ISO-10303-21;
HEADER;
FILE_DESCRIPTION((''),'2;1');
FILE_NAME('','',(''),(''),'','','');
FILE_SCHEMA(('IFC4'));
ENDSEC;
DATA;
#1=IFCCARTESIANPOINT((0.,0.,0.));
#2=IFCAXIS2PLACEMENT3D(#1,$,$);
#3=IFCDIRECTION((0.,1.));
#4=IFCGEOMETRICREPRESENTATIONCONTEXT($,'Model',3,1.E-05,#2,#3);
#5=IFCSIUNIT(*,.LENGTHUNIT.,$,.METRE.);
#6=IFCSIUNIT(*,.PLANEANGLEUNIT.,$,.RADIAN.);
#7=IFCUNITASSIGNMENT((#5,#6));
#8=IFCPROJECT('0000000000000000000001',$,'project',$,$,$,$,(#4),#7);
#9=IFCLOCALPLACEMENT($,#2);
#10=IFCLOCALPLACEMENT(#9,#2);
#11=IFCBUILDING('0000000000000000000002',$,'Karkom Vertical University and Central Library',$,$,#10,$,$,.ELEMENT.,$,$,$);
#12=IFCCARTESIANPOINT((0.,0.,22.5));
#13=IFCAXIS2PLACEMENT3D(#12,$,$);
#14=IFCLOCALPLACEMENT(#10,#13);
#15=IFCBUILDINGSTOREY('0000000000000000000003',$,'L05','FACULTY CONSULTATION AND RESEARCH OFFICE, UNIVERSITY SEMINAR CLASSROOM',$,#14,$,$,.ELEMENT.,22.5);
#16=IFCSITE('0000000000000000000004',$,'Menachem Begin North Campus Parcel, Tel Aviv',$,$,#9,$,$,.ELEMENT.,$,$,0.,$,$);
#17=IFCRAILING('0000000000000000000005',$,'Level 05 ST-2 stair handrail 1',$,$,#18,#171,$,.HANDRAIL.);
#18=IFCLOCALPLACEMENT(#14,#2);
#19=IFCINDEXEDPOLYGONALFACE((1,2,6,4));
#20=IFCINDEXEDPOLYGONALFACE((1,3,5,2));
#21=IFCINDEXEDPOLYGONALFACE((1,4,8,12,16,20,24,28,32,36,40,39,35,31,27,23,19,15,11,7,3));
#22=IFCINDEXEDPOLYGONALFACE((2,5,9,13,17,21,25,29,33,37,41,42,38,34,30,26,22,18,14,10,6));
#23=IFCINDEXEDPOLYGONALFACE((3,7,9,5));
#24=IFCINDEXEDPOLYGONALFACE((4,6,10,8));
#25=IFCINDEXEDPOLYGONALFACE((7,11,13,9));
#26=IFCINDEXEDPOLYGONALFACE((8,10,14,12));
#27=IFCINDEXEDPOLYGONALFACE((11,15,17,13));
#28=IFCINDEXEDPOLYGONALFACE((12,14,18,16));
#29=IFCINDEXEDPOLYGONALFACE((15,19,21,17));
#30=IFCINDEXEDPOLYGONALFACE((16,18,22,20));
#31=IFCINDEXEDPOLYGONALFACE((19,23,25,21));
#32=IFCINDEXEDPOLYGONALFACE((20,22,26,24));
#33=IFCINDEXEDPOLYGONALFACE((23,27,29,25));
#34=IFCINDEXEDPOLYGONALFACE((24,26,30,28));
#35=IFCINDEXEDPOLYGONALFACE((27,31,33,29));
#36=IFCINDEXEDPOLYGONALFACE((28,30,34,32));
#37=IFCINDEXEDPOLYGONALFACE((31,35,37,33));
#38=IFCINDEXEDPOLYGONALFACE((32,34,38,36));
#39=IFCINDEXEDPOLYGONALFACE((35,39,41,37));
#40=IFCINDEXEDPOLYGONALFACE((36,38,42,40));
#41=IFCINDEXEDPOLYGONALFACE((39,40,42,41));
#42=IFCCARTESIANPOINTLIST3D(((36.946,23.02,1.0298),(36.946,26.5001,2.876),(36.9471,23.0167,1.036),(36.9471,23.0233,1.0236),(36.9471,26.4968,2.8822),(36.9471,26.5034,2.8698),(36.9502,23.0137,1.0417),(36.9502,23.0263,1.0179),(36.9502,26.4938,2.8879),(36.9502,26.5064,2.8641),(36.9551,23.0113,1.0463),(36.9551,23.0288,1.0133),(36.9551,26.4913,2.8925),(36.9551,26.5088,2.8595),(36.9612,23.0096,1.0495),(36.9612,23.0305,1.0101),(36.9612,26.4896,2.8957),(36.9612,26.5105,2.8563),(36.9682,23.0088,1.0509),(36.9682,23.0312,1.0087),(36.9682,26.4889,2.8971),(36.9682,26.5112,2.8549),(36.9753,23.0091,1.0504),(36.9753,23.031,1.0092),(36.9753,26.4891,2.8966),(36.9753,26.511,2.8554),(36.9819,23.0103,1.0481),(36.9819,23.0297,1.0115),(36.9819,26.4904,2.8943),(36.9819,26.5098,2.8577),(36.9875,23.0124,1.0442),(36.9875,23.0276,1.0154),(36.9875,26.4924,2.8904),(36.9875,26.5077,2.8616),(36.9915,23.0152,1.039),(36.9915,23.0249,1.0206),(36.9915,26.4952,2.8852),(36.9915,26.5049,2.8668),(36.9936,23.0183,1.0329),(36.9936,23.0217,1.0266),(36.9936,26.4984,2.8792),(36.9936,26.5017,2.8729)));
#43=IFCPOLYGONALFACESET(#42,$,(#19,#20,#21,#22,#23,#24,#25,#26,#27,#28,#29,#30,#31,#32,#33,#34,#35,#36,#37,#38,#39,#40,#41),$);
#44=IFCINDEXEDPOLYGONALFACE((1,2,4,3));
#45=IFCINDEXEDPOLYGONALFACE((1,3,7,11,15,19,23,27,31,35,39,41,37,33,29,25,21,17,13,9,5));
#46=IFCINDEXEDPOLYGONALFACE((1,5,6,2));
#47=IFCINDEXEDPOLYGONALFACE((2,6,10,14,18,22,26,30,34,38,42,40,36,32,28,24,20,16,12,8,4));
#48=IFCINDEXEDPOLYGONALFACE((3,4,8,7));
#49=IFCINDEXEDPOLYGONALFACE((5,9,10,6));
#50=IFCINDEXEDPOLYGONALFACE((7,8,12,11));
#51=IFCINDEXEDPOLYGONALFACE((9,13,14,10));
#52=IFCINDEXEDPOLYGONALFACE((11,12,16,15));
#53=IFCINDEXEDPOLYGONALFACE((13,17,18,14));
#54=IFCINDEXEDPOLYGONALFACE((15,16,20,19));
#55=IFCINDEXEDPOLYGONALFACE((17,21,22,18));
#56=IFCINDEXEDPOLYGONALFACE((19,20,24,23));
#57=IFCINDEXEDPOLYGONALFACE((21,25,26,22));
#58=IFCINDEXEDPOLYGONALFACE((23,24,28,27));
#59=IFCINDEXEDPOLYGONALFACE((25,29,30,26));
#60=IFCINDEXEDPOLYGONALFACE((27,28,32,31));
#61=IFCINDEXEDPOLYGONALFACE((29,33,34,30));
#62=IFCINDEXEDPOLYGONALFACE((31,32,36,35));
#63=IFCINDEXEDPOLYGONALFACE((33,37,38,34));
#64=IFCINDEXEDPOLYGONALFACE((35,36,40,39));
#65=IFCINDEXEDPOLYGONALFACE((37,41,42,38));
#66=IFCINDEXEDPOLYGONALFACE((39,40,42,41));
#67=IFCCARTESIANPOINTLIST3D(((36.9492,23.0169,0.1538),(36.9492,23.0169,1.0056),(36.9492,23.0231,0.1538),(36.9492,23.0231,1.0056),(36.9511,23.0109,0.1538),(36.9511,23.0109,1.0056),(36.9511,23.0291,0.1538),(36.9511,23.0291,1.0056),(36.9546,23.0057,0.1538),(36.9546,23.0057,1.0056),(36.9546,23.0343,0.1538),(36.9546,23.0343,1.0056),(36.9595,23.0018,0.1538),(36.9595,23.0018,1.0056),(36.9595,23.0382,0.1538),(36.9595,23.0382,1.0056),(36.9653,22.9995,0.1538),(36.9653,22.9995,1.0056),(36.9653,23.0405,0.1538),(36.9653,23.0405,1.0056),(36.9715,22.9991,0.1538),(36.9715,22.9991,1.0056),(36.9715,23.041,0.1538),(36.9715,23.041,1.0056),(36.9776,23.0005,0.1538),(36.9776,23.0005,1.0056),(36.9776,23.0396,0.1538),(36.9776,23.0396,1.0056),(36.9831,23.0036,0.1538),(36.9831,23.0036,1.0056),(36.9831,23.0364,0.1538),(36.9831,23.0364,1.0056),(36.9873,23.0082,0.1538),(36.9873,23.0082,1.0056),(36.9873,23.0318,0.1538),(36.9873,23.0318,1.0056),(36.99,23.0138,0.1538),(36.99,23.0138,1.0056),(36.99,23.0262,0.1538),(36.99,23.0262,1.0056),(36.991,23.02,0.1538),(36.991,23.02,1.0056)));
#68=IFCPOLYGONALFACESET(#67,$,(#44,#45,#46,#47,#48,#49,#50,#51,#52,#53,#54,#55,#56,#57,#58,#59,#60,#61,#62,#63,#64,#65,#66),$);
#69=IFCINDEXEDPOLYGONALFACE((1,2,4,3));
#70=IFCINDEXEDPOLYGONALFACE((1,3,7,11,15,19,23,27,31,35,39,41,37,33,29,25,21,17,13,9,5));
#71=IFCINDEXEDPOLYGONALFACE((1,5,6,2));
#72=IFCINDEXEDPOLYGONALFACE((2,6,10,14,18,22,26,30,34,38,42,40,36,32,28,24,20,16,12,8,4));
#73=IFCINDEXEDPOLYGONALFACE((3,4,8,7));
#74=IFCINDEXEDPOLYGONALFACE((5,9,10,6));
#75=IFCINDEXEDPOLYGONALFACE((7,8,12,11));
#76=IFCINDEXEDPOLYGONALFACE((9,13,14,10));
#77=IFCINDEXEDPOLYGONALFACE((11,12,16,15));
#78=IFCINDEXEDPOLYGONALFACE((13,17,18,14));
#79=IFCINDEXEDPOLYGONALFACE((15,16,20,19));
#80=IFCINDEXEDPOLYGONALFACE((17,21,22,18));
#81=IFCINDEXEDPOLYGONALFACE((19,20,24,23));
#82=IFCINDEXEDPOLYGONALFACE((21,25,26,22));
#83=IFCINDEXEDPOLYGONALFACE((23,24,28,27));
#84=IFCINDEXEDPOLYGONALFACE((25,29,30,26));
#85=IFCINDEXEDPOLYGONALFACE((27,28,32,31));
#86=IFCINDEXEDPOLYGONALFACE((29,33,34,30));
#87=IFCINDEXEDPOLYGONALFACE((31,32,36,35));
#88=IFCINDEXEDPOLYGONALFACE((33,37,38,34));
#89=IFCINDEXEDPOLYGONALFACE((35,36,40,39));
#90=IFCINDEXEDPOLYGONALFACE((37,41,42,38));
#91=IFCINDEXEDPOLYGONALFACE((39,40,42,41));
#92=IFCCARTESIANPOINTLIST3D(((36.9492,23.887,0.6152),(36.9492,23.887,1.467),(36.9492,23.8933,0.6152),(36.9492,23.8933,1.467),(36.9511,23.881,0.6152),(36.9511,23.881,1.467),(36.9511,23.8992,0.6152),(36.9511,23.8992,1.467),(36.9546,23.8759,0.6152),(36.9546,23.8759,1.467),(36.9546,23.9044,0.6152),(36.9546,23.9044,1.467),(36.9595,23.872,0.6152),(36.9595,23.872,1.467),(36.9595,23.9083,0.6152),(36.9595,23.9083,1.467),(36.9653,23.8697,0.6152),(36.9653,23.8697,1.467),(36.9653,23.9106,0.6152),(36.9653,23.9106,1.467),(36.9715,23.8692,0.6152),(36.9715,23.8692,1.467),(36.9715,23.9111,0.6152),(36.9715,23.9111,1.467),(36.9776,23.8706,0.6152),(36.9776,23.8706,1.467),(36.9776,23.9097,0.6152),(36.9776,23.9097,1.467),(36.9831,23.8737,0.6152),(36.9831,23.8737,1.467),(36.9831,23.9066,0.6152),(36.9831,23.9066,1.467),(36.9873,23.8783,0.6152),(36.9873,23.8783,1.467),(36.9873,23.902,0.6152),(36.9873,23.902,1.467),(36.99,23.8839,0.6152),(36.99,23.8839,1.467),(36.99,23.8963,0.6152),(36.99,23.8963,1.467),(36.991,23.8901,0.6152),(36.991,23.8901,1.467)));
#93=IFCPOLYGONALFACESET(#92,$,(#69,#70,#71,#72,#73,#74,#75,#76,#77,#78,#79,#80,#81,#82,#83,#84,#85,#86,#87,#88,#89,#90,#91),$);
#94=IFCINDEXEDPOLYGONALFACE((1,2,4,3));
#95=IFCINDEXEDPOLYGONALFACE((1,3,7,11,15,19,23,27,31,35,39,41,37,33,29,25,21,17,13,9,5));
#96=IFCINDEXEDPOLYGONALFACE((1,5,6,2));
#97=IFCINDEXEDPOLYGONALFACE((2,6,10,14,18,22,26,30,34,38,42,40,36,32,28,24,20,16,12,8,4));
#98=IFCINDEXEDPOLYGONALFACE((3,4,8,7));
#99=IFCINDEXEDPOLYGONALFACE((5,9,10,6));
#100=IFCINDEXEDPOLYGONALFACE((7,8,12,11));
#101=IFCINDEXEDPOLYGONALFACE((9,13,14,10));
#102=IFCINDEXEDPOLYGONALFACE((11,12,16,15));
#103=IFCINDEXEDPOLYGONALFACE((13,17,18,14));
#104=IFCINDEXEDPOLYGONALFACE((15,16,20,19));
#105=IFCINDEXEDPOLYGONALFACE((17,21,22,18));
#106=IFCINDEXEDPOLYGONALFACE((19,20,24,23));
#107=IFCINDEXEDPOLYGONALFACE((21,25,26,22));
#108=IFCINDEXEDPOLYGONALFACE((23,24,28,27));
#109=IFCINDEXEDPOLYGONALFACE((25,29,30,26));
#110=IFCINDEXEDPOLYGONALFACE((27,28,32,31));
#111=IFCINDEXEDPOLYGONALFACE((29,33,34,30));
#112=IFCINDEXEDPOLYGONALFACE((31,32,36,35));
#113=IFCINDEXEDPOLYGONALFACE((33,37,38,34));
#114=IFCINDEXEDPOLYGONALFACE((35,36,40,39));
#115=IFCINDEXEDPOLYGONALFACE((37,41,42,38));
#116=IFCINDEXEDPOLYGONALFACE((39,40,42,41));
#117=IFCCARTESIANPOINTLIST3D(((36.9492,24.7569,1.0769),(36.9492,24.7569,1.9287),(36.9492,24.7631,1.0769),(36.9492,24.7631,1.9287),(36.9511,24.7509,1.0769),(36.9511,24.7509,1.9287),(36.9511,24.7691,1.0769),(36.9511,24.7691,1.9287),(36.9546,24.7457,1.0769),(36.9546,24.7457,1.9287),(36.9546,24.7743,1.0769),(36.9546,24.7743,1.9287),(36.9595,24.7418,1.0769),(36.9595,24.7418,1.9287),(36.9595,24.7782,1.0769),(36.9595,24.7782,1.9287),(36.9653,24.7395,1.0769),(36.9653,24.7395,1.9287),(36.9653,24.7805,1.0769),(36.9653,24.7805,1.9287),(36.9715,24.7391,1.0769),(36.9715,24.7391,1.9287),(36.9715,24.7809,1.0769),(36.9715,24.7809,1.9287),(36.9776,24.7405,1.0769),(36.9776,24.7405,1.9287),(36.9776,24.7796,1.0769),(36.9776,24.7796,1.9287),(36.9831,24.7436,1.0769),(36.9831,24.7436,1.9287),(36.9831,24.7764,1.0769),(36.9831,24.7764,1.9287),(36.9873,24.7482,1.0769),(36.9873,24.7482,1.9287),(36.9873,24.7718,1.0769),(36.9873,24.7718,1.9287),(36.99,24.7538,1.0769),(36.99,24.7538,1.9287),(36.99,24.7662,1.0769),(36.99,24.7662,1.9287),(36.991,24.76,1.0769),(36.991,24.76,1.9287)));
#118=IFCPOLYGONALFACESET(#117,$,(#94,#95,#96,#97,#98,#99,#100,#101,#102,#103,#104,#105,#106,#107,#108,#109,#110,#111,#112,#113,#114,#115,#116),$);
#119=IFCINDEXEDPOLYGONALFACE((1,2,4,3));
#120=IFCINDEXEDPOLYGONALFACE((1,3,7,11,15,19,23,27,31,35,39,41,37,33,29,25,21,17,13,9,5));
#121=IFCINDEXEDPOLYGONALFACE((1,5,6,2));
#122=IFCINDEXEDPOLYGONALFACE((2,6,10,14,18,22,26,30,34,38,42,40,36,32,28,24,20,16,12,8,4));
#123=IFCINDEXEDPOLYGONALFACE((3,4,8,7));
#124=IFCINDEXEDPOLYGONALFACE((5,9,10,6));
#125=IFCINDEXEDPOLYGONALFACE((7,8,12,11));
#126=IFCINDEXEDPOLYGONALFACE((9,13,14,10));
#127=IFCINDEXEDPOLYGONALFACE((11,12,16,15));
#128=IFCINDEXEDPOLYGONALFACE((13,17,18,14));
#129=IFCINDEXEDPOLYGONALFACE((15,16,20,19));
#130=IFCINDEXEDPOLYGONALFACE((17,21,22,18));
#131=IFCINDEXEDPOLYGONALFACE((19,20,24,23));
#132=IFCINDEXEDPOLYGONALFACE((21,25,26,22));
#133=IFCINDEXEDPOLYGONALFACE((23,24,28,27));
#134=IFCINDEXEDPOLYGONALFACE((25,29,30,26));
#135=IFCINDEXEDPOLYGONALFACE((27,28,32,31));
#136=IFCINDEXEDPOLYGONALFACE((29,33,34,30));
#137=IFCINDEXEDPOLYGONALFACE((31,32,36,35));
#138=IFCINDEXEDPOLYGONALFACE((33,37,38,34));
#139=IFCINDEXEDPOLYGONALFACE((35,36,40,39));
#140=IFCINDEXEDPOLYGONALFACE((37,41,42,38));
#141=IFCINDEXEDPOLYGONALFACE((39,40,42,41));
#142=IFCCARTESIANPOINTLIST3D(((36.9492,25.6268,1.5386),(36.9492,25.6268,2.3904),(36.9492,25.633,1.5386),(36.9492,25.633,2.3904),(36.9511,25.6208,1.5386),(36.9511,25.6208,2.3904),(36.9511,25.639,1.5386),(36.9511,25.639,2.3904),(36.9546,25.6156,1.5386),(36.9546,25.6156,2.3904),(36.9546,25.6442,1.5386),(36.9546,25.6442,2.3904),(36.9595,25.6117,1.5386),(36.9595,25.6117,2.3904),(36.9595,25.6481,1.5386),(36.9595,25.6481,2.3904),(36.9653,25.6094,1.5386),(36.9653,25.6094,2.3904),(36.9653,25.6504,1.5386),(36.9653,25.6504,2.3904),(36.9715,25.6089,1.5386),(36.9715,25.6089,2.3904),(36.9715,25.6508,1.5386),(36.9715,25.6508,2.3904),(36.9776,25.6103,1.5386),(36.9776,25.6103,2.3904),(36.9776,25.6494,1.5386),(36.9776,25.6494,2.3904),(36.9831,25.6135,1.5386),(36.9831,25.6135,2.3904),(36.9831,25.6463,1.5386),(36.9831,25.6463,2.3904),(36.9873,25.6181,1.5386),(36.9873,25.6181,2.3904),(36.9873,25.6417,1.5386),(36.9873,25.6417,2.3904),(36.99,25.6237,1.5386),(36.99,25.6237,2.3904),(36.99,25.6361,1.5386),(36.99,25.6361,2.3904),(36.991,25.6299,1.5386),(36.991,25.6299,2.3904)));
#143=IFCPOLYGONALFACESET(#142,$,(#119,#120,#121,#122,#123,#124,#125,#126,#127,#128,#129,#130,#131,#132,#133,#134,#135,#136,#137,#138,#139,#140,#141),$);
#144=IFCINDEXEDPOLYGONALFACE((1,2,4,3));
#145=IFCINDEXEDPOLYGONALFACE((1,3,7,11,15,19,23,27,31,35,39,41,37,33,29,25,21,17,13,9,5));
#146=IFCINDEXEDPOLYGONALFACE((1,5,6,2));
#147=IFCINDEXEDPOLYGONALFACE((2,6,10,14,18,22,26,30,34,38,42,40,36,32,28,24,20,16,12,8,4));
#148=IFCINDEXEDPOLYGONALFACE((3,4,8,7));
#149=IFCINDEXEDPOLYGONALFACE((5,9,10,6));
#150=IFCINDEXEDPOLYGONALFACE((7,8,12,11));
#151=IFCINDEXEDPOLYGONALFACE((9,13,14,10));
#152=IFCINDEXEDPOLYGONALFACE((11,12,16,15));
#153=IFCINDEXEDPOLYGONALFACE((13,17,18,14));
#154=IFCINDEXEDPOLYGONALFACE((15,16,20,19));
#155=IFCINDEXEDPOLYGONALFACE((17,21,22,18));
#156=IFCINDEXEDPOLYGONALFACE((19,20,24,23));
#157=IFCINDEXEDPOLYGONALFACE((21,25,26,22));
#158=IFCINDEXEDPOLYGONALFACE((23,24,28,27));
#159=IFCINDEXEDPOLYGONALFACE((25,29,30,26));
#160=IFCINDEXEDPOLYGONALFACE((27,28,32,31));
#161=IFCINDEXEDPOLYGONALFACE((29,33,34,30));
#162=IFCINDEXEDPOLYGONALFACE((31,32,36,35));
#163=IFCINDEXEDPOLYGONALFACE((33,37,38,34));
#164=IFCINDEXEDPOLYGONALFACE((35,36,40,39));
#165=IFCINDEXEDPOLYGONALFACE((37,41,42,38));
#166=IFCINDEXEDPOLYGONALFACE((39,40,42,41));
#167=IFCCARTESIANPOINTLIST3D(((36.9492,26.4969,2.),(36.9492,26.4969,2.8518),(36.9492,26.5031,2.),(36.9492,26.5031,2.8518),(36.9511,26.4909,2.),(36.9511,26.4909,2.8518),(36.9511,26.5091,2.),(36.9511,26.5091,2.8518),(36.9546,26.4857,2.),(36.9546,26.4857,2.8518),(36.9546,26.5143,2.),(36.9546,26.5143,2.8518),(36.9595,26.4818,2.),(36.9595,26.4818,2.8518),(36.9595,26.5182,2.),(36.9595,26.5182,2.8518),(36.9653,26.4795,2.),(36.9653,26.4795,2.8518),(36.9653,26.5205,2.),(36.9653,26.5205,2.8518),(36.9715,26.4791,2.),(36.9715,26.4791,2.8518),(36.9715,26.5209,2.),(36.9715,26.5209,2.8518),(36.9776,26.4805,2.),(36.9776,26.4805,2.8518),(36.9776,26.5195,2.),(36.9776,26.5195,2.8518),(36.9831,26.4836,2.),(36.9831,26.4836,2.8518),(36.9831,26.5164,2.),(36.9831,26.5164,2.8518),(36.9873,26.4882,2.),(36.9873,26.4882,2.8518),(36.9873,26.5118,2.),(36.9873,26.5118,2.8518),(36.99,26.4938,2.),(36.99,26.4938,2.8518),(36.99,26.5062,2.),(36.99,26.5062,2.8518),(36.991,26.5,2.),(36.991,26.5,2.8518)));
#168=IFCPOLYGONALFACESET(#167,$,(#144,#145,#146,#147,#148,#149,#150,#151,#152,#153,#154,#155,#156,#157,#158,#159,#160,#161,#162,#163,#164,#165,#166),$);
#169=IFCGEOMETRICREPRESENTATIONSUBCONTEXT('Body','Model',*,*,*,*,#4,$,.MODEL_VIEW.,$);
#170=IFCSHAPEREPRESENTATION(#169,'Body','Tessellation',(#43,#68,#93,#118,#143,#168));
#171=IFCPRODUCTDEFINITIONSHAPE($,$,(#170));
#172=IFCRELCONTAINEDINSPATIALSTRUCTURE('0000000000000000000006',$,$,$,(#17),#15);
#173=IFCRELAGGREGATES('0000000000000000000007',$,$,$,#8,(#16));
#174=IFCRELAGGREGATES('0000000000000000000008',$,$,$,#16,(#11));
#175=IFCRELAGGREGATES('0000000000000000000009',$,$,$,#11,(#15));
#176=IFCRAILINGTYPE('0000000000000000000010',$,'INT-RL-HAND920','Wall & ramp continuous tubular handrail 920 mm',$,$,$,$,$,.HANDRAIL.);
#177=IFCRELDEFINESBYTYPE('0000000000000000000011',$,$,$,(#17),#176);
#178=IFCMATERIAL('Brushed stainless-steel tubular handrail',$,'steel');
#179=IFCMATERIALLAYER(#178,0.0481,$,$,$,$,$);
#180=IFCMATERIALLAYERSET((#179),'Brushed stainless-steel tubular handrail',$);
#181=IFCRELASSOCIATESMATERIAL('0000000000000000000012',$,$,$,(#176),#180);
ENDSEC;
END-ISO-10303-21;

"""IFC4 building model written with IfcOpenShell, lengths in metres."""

from ifc_helpers import new_model, si_unit, direction, frame, origin, origin_2d, place, context, subcontext, project, spatial, circle, extrude, material, layer, layer_set, type_object, element, save


model = new_model("IFC4")

# Units and contexts
model_context = context("Model", 3, precision=1e-05, world=origin(), true_north=direction((0.0, 1.0)))
body_context = subcontext(model_context, "Body", "Model", "MODEL_VIEW")
ifc_project = project(units=[si_unit("LENGTHUNIT", "METRE"), si_unit("PLANEANGLEUNIT", "RADIAN")], contexts=[model_context])

# Site, building, storey
site_placement = place(None, origin())
site = spatial("IfcSite", under=ifc_project, at=site_placement, Name="Menachem Begin North Campus Parcel, Tel Aviv", CompositionType="ELEMENT", RefElevation=0.0)
building_placement = place(site_placement, origin())
building = spatial("IfcBuilding", under=site, at=building_placement, Name="Karkom Vertical University and Central Library", CompositionType="ELEMENT")
storey_placement = place(building_placement, frame((0.0, 0.0, 22.5)))
storey = spatial("IfcBuildingStorey", under=building, at=storey_placement, Name="L05", Description="FACULTY CONSULTATION AND RESEARCH OFFICE, UNIVERSITY SEMINAR CLASSROOM", CompositionType="ELEMENT", Elevation=22.5)

# Railing
ifc_material_1 = material(Name="Brushed stainless-steel tubular handrail", Category="steel")
ifc_layer_1 = layer(ifc_material_1, 0.0481)
ifc_layer_set_1 = layer_set([ifc_layer_1], Name="Brushed stainless-steel tubular handrail")
railing_type_1 = type_object("IfcRailingType", Name="INT-RL-HAND920", Description="Wall & ramp continuous tubular handrail 920 mm", PredefinedType="HANDRAIL", material=ifc_layer_set_1)
railing_1_placement = place(storey_placement, frame((36.97, 23.02, 0.1538)))
element("IfcRailing", 1, at=railing_1_placement, inside=storey, type_object=railing_type_1, Name="Level 05 ST-2 stair handrail 1", PredefinedType="HANDRAIL", context=body_context, shape_type="SweptSolid", body=[
    extrude(circle(Radius=0.0239, at=origin_2d()), frame((0.0, 0.0, 0.876), z_axis=(0.0, 0.883384, 0.468651), x_axis=(-1.0, 0.0, 0.0)), (0.0, 0.0, 1.0), 3.9395),
    extrude(circle(Radius=0.021, at=origin_2d()), origin(), (0.0, 0.0, 1.0), 0.8518),
    extrude(circle(Radius=0.021, at=origin_2d()), frame((0.0, 0.8701, 0.4614)), (0.0, 0.0, 1.0), 0.8518),
    extrude(circle(Radius=0.021, at=origin_2d()), frame((0.0, 1.74, 0.9231)), (0.0, 0.0, 1.0), 0.8518),
    extrude(circle(Radius=0.021, at=origin_2d()), frame((0.0, 2.6099, 1.3848)), (0.0, 0.0, 1.0), 0.8518),
    extrude(circle(Radius=0.021, at=origin_2d()), frame((0.0, 3.48, 1.8462)), (0.0, 0.0, 1.0), 0.8518),
])

save(model, "model.ifc")
